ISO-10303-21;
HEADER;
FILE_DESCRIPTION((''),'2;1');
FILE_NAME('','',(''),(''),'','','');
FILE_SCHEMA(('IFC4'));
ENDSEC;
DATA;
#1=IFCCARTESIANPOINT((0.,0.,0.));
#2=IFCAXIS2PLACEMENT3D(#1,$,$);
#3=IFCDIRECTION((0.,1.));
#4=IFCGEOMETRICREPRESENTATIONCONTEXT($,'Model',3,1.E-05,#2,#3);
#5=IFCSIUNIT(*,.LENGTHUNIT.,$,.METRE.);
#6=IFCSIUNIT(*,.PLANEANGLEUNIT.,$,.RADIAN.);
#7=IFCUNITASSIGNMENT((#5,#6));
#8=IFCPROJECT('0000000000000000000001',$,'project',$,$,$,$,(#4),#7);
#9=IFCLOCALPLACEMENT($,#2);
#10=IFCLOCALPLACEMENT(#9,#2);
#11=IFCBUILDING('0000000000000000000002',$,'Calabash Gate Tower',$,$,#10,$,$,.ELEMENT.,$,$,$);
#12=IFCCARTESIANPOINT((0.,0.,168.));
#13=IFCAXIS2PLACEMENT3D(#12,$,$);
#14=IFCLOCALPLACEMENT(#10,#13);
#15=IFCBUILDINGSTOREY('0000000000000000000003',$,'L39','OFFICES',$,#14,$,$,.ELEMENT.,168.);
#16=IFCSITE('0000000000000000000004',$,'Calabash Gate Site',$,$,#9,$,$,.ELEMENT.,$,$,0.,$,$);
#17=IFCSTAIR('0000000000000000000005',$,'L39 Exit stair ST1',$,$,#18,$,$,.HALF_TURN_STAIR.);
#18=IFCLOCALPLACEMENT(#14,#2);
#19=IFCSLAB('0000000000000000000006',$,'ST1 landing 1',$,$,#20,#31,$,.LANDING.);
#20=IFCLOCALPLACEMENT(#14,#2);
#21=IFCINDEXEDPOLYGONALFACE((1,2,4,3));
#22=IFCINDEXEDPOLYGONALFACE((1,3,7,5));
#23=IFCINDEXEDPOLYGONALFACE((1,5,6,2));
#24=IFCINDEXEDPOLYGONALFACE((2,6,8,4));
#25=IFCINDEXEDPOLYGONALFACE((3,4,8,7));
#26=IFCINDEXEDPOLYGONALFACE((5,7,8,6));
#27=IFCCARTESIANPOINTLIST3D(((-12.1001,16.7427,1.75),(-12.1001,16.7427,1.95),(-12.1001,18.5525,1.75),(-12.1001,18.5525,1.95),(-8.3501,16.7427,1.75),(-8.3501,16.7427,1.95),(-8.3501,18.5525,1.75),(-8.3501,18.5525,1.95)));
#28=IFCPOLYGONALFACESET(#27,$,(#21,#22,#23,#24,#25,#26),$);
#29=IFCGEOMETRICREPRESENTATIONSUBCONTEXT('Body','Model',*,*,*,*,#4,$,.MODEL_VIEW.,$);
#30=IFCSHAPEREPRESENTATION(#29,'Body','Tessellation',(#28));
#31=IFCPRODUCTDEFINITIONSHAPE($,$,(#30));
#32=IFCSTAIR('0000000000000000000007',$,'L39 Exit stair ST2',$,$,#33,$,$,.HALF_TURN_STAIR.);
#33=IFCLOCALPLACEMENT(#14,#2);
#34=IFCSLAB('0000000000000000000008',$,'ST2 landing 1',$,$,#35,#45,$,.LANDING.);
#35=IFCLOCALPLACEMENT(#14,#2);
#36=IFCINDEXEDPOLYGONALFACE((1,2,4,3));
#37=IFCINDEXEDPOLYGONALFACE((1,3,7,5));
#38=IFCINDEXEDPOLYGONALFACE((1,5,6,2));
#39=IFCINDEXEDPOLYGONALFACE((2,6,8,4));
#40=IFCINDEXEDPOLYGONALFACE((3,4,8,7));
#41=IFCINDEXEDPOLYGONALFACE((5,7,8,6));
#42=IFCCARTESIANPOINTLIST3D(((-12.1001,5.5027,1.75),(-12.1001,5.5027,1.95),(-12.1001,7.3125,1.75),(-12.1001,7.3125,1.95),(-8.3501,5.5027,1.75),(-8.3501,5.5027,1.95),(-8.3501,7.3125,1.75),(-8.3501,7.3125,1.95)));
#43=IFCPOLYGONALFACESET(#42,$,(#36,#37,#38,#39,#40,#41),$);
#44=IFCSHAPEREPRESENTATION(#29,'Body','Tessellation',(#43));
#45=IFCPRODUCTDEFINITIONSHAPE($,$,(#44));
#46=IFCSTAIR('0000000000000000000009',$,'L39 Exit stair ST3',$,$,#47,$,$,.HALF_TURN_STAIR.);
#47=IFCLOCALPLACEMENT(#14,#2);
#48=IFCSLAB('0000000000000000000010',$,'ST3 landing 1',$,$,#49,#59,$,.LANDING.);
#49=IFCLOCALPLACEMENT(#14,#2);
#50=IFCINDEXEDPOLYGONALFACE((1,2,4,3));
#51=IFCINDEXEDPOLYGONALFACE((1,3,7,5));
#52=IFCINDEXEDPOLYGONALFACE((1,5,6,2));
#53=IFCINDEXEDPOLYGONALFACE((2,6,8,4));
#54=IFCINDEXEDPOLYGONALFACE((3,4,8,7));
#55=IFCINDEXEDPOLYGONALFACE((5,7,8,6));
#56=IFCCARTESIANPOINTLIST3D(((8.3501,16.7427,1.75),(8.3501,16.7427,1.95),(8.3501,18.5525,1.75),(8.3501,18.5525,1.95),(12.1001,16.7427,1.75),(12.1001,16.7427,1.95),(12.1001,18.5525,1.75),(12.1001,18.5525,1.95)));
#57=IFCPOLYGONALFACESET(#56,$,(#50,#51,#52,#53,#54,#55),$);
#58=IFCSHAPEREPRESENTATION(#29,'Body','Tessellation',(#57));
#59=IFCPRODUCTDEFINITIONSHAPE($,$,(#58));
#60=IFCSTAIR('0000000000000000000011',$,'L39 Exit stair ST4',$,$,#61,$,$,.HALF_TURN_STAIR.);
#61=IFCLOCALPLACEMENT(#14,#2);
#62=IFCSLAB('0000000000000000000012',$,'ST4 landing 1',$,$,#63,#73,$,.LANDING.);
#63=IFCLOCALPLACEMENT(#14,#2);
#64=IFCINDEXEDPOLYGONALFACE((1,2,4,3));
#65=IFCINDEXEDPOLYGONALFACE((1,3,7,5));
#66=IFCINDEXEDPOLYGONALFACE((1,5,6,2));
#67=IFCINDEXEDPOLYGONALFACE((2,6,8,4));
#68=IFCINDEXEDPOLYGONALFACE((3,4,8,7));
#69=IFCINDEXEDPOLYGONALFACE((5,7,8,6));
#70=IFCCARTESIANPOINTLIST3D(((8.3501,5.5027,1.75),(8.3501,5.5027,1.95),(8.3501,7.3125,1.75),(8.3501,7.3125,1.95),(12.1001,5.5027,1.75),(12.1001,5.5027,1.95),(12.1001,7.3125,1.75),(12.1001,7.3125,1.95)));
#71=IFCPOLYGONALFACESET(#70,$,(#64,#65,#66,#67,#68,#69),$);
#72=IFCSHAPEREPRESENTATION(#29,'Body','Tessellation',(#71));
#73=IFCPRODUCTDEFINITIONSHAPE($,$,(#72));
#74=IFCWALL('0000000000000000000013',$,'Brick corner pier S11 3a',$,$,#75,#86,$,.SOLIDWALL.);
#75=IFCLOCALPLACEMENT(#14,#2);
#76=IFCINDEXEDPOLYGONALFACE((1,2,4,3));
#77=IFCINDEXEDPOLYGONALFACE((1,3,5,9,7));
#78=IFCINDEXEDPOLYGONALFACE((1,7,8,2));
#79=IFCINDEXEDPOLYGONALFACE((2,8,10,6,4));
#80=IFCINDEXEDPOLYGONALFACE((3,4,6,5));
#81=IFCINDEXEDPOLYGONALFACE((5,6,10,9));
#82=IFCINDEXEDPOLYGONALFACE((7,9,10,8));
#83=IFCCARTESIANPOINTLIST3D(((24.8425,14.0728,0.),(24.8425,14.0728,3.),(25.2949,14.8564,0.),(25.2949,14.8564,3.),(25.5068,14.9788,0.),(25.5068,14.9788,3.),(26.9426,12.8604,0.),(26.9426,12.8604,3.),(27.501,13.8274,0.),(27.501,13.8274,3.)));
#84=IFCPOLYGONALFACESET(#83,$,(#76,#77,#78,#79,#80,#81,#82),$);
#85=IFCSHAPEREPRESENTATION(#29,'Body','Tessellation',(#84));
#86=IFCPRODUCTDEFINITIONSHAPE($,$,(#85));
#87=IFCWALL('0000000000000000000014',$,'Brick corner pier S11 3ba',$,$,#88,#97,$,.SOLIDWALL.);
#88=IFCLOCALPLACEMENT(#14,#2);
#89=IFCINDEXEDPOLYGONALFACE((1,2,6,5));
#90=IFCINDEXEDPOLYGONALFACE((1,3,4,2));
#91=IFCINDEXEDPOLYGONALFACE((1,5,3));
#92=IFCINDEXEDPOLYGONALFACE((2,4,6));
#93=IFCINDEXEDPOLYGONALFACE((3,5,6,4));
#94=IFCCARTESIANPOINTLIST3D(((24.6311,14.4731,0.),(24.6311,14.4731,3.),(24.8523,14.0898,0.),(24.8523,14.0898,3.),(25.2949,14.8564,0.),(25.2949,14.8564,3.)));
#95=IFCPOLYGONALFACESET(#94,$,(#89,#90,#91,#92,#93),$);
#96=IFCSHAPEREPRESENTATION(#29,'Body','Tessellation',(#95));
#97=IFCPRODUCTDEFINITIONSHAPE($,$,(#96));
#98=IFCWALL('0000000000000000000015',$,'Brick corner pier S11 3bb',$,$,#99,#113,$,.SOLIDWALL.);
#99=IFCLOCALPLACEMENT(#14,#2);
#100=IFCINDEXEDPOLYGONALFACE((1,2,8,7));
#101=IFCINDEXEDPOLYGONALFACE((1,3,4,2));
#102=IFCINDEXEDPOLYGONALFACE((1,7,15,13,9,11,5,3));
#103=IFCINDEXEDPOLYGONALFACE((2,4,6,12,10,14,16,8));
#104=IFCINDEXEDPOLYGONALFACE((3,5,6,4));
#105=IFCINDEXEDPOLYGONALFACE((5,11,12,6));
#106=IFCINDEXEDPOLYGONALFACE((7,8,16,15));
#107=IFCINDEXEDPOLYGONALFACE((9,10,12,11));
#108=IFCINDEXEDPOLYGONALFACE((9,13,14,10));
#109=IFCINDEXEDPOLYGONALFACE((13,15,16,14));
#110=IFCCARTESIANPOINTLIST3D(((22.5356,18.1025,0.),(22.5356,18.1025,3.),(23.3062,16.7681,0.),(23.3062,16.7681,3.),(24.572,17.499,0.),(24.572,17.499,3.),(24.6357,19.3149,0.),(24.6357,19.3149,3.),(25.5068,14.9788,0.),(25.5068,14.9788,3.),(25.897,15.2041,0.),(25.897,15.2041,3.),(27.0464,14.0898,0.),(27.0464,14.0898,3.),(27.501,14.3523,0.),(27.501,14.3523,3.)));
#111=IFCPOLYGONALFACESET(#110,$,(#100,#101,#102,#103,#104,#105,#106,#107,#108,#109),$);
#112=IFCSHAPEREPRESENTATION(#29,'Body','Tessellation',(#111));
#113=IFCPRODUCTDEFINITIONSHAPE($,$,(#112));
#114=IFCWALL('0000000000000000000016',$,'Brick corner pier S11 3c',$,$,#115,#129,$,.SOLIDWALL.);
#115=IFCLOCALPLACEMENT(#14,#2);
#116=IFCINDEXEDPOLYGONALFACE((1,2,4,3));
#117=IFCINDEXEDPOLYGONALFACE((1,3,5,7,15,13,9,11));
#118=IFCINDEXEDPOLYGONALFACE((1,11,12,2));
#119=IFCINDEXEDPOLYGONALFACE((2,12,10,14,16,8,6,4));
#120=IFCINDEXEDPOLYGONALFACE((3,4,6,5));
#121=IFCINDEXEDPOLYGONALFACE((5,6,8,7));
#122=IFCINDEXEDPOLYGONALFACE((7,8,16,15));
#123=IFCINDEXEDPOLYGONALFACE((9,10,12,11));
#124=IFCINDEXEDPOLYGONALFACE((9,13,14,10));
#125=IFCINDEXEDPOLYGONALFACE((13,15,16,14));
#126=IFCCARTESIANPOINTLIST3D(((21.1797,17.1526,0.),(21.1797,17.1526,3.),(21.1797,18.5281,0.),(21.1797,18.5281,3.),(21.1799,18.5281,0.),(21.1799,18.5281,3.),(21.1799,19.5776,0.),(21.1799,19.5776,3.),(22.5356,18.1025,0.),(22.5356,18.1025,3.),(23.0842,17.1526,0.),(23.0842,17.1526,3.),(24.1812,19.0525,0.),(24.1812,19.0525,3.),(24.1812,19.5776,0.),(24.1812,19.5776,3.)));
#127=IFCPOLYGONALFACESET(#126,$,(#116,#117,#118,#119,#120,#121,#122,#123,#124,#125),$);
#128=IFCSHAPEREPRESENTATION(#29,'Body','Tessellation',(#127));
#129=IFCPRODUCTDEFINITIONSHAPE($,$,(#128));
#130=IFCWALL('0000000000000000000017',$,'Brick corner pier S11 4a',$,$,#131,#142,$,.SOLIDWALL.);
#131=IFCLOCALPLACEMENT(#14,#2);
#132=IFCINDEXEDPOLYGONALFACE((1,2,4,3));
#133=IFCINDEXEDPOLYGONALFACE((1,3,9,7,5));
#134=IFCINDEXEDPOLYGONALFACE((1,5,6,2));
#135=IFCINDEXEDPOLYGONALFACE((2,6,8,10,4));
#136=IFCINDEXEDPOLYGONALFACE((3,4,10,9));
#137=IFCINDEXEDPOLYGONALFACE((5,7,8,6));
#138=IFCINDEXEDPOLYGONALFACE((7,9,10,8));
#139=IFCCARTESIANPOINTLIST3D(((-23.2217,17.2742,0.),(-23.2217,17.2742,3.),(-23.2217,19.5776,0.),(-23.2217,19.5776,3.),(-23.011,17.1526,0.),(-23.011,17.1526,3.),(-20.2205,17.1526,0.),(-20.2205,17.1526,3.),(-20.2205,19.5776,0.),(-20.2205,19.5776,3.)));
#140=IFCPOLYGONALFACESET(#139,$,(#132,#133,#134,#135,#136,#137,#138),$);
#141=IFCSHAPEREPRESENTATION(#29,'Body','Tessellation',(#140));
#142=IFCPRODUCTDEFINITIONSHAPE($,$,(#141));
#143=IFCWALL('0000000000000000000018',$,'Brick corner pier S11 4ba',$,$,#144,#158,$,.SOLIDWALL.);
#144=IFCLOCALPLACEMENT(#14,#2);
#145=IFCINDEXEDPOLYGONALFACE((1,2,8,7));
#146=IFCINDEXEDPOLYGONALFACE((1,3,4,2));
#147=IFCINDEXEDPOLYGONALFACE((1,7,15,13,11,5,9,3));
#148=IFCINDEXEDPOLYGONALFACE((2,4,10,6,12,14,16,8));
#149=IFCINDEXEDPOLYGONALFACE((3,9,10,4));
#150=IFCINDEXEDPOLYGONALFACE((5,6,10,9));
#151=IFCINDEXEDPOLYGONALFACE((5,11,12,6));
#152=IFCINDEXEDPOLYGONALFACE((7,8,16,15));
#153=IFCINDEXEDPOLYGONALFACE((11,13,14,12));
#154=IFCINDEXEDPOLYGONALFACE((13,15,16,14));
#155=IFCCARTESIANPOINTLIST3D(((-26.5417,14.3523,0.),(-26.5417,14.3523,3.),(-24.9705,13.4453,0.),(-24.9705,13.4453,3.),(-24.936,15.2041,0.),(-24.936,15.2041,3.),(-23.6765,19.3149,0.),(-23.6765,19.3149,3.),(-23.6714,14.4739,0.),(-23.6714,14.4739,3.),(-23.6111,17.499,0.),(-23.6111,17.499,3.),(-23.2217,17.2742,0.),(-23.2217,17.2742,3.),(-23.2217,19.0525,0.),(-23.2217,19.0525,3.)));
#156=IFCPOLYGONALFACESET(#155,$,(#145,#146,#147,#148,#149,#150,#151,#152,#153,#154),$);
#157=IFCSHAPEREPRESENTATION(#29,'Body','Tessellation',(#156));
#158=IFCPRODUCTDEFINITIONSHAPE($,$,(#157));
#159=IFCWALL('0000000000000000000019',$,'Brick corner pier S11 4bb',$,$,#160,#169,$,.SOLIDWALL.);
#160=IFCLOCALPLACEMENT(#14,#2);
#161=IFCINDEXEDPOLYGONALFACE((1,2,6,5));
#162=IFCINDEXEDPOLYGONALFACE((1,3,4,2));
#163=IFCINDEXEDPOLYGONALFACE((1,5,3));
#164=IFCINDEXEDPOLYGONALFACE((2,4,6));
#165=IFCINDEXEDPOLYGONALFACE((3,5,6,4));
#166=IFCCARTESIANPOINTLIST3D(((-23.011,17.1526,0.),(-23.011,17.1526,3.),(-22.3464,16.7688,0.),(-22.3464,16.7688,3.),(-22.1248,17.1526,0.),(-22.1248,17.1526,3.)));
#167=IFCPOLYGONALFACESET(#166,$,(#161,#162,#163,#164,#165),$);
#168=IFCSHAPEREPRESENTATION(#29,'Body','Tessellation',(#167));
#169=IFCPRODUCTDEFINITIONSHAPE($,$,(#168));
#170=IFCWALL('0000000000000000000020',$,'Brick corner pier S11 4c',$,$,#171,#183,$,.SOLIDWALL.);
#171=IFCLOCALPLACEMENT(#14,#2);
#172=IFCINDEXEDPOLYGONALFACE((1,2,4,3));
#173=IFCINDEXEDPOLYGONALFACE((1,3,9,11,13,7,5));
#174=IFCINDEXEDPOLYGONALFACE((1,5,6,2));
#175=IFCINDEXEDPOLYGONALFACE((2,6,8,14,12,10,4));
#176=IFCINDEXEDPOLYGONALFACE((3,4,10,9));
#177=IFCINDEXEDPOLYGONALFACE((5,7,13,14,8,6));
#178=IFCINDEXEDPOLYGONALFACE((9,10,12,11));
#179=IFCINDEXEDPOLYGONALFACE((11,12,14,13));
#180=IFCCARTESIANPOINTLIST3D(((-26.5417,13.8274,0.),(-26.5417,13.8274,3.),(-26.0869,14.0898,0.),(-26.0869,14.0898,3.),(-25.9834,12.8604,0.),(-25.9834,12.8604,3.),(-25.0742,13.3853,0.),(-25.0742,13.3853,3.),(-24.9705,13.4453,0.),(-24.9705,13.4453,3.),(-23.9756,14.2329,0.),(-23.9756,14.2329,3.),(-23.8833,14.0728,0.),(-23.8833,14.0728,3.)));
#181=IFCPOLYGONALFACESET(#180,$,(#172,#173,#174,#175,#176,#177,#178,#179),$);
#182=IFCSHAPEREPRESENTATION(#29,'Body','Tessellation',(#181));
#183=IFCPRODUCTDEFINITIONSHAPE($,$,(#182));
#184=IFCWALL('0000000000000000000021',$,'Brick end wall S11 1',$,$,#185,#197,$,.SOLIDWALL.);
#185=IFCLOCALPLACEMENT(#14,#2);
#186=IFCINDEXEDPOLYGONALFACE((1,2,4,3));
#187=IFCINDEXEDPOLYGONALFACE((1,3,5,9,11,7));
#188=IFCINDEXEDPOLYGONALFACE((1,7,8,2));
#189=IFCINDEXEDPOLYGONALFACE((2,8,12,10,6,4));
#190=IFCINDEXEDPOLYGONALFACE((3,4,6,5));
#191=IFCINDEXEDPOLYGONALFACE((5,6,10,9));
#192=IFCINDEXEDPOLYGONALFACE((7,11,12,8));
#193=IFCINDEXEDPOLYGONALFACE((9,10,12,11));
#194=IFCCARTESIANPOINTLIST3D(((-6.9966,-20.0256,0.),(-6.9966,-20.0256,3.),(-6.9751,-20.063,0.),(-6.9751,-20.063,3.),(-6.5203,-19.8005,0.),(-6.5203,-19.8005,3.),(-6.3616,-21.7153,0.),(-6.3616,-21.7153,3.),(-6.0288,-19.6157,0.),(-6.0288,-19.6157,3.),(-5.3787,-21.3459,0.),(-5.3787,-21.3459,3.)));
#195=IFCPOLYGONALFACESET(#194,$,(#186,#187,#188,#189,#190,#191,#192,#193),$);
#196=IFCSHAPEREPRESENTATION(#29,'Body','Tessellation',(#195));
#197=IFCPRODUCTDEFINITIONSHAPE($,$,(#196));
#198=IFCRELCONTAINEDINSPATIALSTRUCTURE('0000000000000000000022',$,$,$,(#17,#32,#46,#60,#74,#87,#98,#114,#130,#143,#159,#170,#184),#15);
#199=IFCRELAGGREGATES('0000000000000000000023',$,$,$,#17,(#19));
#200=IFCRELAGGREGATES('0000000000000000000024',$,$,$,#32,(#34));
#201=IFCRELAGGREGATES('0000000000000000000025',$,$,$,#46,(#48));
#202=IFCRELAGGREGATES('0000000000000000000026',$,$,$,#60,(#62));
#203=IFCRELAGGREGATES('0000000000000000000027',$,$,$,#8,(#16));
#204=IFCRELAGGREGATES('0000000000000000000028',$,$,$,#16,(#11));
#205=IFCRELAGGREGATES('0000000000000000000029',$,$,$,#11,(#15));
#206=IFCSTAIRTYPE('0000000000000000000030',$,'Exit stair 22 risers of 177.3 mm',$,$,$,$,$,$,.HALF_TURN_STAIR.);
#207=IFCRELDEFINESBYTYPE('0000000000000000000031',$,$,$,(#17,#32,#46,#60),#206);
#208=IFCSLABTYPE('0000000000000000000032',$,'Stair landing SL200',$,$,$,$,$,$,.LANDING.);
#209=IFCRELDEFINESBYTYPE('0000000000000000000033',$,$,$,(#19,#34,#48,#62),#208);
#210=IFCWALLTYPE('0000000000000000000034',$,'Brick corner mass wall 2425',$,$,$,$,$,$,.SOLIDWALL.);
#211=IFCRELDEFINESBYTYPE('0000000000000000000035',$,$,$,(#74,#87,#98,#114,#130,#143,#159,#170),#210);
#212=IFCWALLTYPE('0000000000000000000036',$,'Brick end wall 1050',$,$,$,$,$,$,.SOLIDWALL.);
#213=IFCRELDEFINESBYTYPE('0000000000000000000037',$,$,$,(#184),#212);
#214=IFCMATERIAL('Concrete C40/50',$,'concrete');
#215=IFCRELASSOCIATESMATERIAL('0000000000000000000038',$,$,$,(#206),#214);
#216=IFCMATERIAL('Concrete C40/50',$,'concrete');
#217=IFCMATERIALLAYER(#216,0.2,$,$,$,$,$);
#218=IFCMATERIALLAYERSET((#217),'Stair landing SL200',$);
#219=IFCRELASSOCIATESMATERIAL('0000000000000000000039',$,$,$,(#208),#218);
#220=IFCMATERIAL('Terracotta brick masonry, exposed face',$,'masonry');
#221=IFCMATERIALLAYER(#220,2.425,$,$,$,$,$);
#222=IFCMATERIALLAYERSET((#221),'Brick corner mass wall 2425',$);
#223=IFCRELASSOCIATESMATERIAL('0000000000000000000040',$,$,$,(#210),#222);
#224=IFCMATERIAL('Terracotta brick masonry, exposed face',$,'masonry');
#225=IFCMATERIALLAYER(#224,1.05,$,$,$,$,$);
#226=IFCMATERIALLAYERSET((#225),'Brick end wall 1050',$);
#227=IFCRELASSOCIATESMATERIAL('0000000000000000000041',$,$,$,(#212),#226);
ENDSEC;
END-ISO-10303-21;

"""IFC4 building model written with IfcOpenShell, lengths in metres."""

from ifc_helpers import new_model, si_unit, direction, frame, origin, place, context, subcontext, project, spatial, polyline, outline, extrude, material, layer, layer_set, type_object, element, aggregate, save


model = new_model("IFC4")

# Units and contexts
model_context = context("Model", 3, precision=1e-05, world=origin(), true_north=direction((0.0, 1.0)))
body_context = subcontext(model_context, "Body", "Model", "MODEL_VIEW")
ifc_project = project(units=[si_unit("LENGTHUNIT", "METRE"), si_unit("PLANEANGLEUNIT", "RADIAN")], contexts=[model_context])

# Site, building, storey
site_placement = place(None, origin())
site = spatial("IfcSite", under=ifc_project, at=site_placement, Name="Calabash Gate Site", CompositionType="ELEMENT", RefElevation=0.0)
building_placement = place(site_placement, origin())
building = spatial("IfcBuilding", under=site, at=building_placement, Name="Calabash Gate Tower", CompositionType="ELEMENT")
storey_placement = place(building_placement, frame((0.0, 0.0, 168.0)))
storey = spatial("IfcBuildingStorey", under=building, at=storey_placement, Name="L39", Description="OFFICES", CompositionType="ELEMENT", Elevation=168.0)

# Stairs, slabs
ifc_material_1 = material(Name="Concrete C40/50", Category="concrete")
stair_type = type_object("IfcStairType", Name="Exit stair 22 risers of 177.3 mm", PredefinedType="HALF_TURN_STAIR", material=ifc_material_1)
stair_1_placement = place(storey_placement, origin())
stair_1 = element("IfcStair", 1, at=stair_1_placement, inside=storey, type_object=stair_type, Name="L39 Exit stair ST1", PredefinedType="HALF_TURN_STAIR")
ifc_material_2 = material(Name="Concrete C40/50", Category="concrete")
ifc_layer_1 = layer(ifc_material_2, 0.2)
ifc_layer_set_1 = layer_set([ifc_layer_1], Name="Stair landing SL200")
slab_type = type_object("IfcSlabType", Name="Stair landing SL200", PredefinedType="LANDING", material=ifc_layer_set_1)
slab_1_placement = place(storey_placement, frame((0.0, 0.0, 1.75)))
slab_1 = element("IfcSlab", 2, at=slab_1_placement, type_object=slab_type, Name="ST1 landing 1", PredefinedType="LANDING", context=body_context, shape_type="SweptSolid", body=[
    extrude(outline(polyline([(-8.3501, 16.7427), (-8.3501, 18.5525), (-12.1001, 18.5525), (-12.1001, 16.7427), (-8.3501, 16.7427)])), origin(), (0.0, 0.0, 1.0), 0.2),
])
aggregate(stair_1, [slab_1])
stair_2_placement = place(storey_placement, origin())
stair_2 = element("IfcStair", 3, at=stair_2_placement, inside=storey, type_object=stair_type, Name="L39 Exit stair ST2", PredefinedType="HALF_TURN_STAIR")
slab_2_placement = place(storey_placement, frame((0.0, 0.0, 1.75)))
slab_2 = element("IfcSlab", 4, at=slab_2_placement, type_object=slab_type, Name="ST2 landing 1", PredefinedType="LANDING", context=body_context, shape_type="SweptSolid", body=[
    extrude(outline(polyline([(-12.1001, 7.3125), (-12.1001, 5.5027), (-8.3501, 5.5027), (-8.3501, 7.3125), (-12.1001, 7.3125)])), origin(), (0.0, 0.0, 1.0), 0.2),
])
aggregate(stair_2, [slab_2])
stair_3_placement = place(storey_placement, origin())
stair_3 = element("IfcStair", 5, at=stair_3_placement, inside=storey, type_object=stair_type, Name="L39 Exit stair ST3", PredefinedType="HALF_TURN_STAIR")
slab_3_placement = place(storey_placement, frame((0.0, 0.0, 1.75)))
slab_3 = element("IfcSlab", 6, at=slab_3_placement, type_object=slab_type, Name="ST3 landing 1", PredefinedType="LANDING", context=body_context, shape_type="SweptSolid", body=[
    extrude(outline(polyline([(12.1001, 16.7427), (12.1001, 18.5525), (8.3501, 18.5525), (8.3501, 16.7427), (12.1001, 16.7427)])), origin(), (0.0, 0.0, 1.0), 0.2),
])
aggregate(stair_3, [slab_3])
stair_4_placement = place(storey_placement, origin())
stair_4 = element("IfcStair", 7, at=stair_4_placement, inside=storey, type_object=stair_type, Name="L39 Exit stair ST4", PredefinedType="HALF_TURN_STAIR")
slab_4_placement = place(storey_placement, frame((0.0, 0.0, 1.75)))
slab_4 = element("IfcSlab", 8, at=slab_4_placement, type_object=slab_type, Name="ST4 landing 1", PredefinedType="LANDING", context=body_context, shape_type="SweptSolid", body=[
    extrude(outline(polyline([(8.3501, 7.3125), (8.3501, 5.5027), (12.1001, 5.5027), (12.1001, 7.3125), (8.3501, 7.3125)])), origin(), (0.0, 0.0, 1.0), 0.2),
])
aggregate(stair_4, [slab_4])

# Walls
ifc_material_3 = material(Name="Terracotta brick masonry, exposed face", Category="masonry")
ifc_layer_2 = layer(ifc_material_3, 2.425)
ifc_layer_set_2 = layer_set([ifc_layer_2], Name="Brick corner mass wall 2425")
wall_type_1 = type_object("IfcWallType", Name="Brick corner mass wall 2425", PredefinedType="SOLIDWALL", material=ifc_layer_set_2)
wall_1_placement = place(storey_placement, origin())
element("IfcWall", 9, at=wall_1_placement, inside=storey, type_object=wall_type_1, Name="Brick corner pier S11 3a", PredefinedType="SOLIDWALL", context=body_context, shape_type="SweptSolid", body=[
    extrude(outline(polyline([(24.8425, 14.0728), (26.9426, 12.8604), (27.501, 13.8274), (25.5068, 14.9788), (25.2949, 14.8564), (24.8425, 14.0728)])), origin(), (0.0, 0.0, 1.0), 3.0),
])
wall_2_placement = place(storey_placement, origin())
element("IfcWall", 10, at=wall_2_placement, inside=storey, type_object=wall_type_1, Name="Brick corner pier S11 3ba", PredefinedType="SOLIDWALL", context=body_context, shape_type="SweptSolid", body=[
    extrude(outline(polyline([(24.8523, 14.0898), (25.2949, 14.8564), (24.6311, 14.4731), (24.8523, 14.0898)])), origin(), (0.0, 0.0, 1.0), 3.0),
])
wall_3_placement = place(storey_placement, origin())
element("IfcWall", 11, at=wall_3_placement, inside=storey, type_object=wall_type_1, Name="Brick corner pier S11 3bb", PredefinedType="SOLIDWALL", context=body_context, shape_type="SweptSolid", body=[
    extrude(outline(polyline([(24.572, 17.499), (25.897, 15.2041), (25.344, 14.8848), (25.5068, 14.9788), (27.0464, 14.0898), (27.501, 14.3523), (24.6357, 19.3149), (22.5356, 18.1025), (23.3062, 16.7681), (24.572, 17.499)])), origin(), (0.0, 0.0, 1.0), 3.0),
])
wall_4_placement = place(storey_placement, origin())
element("IfcWall", 12, at=wall_4_placement, inside=storey, type_object=wall_type_1, Name="Brick corner pier S11 3c", PredefinedType="SOLIDWALL", context=body_context, shape_type="SweptSolid", body=[
    extrude(outline(polyline([(21.1797, 18.5281), (21.1797, 17.1526), (23.0842, 17.1526), (22.5356, 18.1025), (24.1812, 19.0525), (24.1812, 19.5776), (21.1799, 19.5776), (21.1799, 18.5281), (21.1797, 18.5281)])), origin(), (0.0, 0.0, 1.0), 3.0),
])
wall_5_placement = place(storey_placement, origin())
element("IfcWall", 13, at=wall_5_placement, inside=storey, type_object=wall_type_1, Name="Brick corner pier S11 4a", PredefinedType="SOLIDWALL", context=body_context, shape_type="SweptSolid", body=[
    extrude(outline(polyline([(-23.011, 17.1526), (-20.2205, 17.1526), (-20.2205, 19.5776), (-23.2217, 19.5776), (-23.2217, 17.2742), (-23.011, 17.1526)])), origin(), (0.0, 0.0, 1.0), 3.0),
])
wall_6_placement = place(storey_placement, origin())
element("IfcWall", 14, at=wall_6_placement, inside=storey, type_object=wall_type_1, Name="Brick corner pier S11 4ba", PredefinedType="SOLIDWALL", context=body_context, shape_type="SweptSolid", body=[
    extrude(outline(polyline([(-23.6714, 14.4739), (-24.936, 15.2041), (-23.6111, 17.499), (-23.2217, 17.2742), (-23.2217, 19.0525), (-23.6765, 19.3149), (-26.5417, 14.3523), (-24.9705, 13.4453), (-23.6714, 14.4739)])), origin(), (0.0, 0.0, 1.0), 3.0),
])
wall_7_placement = place(storey_placement, origin())
element("IfcWall", 15, at=wall_7_placement, inside=storey, type_object=wall_type_1, Name="Brick corner pier S11 4bb", PredefinedType="SOLIDWALL", context=body_context, shape_type="SweptSolid", body=[
    extrude(outline(polyline([(-22.1248, 17.1526), (-23.011, 17.1526), (-22.3464, 16.7688), (-22.1248, 17.1526)])), origin(), (0.0, 0.0, 1.0), 3.0),
])
wall_8_placement = place(storey_placement, origin())
element("IfcWall", 16, at=wall_8_placement, inside=storey, type_object=wall_type_1, Name="Brick corner pier S11 4c", PredefinedType="SOLIDWALL", context=body_context, shape_type="SweptSolid", body=[
    extrude(outline(polyline([(-23.9756, 14.2329), (-24.9705, 13.4453), (-26.0869, 14.0898), (-26.5417, 13.8274), (-25.9834, 12.8604), (-25.0742, 13.3853), (-25.0742, 13.3853), (-23.8833, 14.0728), (-23.9756, 14.2329)])), origin(), (0.0, 0.0, 1.0), 3.0),
])
ifc_material_4 = material(Name="Terracotta brick masonry, exposed face", Category="masonry")
ifc_layer_3 = layer(ifc_material_4, 1.05)
ifc_layer_set_3 = layer_set([ifc_layer_3], Name="Brick end wall 1050")
wall_type_2 = type_object("IfcWallType", Name="Brick end wall 1050", PredefinedType="SOLIDWALL", material=ifc_layer_set_3)
wall_9_placement = place(storey_placement, origin())
element("IfcWall", 17, at=wall_9_placement, inside=storey, type_object=wall_type_2, Name="Brick end wall S11 1", PredefinedType="SOLIDWALL", context=body_context, shape_type="SweptSolid", body=[
    extrude(outline(polyline([(-5.3787, -21.3459), (-6.0288, -19.6157), (-6.5203, -19.8005), (-6.9751, -20.063), (-6.9966, -20.0256), (-6.3616, -21.7153), (-5.3787, -21.3459)])), origin(), (0.0, 0.0, 1.0), 3.0),
])

save(model, "model.ifc")
